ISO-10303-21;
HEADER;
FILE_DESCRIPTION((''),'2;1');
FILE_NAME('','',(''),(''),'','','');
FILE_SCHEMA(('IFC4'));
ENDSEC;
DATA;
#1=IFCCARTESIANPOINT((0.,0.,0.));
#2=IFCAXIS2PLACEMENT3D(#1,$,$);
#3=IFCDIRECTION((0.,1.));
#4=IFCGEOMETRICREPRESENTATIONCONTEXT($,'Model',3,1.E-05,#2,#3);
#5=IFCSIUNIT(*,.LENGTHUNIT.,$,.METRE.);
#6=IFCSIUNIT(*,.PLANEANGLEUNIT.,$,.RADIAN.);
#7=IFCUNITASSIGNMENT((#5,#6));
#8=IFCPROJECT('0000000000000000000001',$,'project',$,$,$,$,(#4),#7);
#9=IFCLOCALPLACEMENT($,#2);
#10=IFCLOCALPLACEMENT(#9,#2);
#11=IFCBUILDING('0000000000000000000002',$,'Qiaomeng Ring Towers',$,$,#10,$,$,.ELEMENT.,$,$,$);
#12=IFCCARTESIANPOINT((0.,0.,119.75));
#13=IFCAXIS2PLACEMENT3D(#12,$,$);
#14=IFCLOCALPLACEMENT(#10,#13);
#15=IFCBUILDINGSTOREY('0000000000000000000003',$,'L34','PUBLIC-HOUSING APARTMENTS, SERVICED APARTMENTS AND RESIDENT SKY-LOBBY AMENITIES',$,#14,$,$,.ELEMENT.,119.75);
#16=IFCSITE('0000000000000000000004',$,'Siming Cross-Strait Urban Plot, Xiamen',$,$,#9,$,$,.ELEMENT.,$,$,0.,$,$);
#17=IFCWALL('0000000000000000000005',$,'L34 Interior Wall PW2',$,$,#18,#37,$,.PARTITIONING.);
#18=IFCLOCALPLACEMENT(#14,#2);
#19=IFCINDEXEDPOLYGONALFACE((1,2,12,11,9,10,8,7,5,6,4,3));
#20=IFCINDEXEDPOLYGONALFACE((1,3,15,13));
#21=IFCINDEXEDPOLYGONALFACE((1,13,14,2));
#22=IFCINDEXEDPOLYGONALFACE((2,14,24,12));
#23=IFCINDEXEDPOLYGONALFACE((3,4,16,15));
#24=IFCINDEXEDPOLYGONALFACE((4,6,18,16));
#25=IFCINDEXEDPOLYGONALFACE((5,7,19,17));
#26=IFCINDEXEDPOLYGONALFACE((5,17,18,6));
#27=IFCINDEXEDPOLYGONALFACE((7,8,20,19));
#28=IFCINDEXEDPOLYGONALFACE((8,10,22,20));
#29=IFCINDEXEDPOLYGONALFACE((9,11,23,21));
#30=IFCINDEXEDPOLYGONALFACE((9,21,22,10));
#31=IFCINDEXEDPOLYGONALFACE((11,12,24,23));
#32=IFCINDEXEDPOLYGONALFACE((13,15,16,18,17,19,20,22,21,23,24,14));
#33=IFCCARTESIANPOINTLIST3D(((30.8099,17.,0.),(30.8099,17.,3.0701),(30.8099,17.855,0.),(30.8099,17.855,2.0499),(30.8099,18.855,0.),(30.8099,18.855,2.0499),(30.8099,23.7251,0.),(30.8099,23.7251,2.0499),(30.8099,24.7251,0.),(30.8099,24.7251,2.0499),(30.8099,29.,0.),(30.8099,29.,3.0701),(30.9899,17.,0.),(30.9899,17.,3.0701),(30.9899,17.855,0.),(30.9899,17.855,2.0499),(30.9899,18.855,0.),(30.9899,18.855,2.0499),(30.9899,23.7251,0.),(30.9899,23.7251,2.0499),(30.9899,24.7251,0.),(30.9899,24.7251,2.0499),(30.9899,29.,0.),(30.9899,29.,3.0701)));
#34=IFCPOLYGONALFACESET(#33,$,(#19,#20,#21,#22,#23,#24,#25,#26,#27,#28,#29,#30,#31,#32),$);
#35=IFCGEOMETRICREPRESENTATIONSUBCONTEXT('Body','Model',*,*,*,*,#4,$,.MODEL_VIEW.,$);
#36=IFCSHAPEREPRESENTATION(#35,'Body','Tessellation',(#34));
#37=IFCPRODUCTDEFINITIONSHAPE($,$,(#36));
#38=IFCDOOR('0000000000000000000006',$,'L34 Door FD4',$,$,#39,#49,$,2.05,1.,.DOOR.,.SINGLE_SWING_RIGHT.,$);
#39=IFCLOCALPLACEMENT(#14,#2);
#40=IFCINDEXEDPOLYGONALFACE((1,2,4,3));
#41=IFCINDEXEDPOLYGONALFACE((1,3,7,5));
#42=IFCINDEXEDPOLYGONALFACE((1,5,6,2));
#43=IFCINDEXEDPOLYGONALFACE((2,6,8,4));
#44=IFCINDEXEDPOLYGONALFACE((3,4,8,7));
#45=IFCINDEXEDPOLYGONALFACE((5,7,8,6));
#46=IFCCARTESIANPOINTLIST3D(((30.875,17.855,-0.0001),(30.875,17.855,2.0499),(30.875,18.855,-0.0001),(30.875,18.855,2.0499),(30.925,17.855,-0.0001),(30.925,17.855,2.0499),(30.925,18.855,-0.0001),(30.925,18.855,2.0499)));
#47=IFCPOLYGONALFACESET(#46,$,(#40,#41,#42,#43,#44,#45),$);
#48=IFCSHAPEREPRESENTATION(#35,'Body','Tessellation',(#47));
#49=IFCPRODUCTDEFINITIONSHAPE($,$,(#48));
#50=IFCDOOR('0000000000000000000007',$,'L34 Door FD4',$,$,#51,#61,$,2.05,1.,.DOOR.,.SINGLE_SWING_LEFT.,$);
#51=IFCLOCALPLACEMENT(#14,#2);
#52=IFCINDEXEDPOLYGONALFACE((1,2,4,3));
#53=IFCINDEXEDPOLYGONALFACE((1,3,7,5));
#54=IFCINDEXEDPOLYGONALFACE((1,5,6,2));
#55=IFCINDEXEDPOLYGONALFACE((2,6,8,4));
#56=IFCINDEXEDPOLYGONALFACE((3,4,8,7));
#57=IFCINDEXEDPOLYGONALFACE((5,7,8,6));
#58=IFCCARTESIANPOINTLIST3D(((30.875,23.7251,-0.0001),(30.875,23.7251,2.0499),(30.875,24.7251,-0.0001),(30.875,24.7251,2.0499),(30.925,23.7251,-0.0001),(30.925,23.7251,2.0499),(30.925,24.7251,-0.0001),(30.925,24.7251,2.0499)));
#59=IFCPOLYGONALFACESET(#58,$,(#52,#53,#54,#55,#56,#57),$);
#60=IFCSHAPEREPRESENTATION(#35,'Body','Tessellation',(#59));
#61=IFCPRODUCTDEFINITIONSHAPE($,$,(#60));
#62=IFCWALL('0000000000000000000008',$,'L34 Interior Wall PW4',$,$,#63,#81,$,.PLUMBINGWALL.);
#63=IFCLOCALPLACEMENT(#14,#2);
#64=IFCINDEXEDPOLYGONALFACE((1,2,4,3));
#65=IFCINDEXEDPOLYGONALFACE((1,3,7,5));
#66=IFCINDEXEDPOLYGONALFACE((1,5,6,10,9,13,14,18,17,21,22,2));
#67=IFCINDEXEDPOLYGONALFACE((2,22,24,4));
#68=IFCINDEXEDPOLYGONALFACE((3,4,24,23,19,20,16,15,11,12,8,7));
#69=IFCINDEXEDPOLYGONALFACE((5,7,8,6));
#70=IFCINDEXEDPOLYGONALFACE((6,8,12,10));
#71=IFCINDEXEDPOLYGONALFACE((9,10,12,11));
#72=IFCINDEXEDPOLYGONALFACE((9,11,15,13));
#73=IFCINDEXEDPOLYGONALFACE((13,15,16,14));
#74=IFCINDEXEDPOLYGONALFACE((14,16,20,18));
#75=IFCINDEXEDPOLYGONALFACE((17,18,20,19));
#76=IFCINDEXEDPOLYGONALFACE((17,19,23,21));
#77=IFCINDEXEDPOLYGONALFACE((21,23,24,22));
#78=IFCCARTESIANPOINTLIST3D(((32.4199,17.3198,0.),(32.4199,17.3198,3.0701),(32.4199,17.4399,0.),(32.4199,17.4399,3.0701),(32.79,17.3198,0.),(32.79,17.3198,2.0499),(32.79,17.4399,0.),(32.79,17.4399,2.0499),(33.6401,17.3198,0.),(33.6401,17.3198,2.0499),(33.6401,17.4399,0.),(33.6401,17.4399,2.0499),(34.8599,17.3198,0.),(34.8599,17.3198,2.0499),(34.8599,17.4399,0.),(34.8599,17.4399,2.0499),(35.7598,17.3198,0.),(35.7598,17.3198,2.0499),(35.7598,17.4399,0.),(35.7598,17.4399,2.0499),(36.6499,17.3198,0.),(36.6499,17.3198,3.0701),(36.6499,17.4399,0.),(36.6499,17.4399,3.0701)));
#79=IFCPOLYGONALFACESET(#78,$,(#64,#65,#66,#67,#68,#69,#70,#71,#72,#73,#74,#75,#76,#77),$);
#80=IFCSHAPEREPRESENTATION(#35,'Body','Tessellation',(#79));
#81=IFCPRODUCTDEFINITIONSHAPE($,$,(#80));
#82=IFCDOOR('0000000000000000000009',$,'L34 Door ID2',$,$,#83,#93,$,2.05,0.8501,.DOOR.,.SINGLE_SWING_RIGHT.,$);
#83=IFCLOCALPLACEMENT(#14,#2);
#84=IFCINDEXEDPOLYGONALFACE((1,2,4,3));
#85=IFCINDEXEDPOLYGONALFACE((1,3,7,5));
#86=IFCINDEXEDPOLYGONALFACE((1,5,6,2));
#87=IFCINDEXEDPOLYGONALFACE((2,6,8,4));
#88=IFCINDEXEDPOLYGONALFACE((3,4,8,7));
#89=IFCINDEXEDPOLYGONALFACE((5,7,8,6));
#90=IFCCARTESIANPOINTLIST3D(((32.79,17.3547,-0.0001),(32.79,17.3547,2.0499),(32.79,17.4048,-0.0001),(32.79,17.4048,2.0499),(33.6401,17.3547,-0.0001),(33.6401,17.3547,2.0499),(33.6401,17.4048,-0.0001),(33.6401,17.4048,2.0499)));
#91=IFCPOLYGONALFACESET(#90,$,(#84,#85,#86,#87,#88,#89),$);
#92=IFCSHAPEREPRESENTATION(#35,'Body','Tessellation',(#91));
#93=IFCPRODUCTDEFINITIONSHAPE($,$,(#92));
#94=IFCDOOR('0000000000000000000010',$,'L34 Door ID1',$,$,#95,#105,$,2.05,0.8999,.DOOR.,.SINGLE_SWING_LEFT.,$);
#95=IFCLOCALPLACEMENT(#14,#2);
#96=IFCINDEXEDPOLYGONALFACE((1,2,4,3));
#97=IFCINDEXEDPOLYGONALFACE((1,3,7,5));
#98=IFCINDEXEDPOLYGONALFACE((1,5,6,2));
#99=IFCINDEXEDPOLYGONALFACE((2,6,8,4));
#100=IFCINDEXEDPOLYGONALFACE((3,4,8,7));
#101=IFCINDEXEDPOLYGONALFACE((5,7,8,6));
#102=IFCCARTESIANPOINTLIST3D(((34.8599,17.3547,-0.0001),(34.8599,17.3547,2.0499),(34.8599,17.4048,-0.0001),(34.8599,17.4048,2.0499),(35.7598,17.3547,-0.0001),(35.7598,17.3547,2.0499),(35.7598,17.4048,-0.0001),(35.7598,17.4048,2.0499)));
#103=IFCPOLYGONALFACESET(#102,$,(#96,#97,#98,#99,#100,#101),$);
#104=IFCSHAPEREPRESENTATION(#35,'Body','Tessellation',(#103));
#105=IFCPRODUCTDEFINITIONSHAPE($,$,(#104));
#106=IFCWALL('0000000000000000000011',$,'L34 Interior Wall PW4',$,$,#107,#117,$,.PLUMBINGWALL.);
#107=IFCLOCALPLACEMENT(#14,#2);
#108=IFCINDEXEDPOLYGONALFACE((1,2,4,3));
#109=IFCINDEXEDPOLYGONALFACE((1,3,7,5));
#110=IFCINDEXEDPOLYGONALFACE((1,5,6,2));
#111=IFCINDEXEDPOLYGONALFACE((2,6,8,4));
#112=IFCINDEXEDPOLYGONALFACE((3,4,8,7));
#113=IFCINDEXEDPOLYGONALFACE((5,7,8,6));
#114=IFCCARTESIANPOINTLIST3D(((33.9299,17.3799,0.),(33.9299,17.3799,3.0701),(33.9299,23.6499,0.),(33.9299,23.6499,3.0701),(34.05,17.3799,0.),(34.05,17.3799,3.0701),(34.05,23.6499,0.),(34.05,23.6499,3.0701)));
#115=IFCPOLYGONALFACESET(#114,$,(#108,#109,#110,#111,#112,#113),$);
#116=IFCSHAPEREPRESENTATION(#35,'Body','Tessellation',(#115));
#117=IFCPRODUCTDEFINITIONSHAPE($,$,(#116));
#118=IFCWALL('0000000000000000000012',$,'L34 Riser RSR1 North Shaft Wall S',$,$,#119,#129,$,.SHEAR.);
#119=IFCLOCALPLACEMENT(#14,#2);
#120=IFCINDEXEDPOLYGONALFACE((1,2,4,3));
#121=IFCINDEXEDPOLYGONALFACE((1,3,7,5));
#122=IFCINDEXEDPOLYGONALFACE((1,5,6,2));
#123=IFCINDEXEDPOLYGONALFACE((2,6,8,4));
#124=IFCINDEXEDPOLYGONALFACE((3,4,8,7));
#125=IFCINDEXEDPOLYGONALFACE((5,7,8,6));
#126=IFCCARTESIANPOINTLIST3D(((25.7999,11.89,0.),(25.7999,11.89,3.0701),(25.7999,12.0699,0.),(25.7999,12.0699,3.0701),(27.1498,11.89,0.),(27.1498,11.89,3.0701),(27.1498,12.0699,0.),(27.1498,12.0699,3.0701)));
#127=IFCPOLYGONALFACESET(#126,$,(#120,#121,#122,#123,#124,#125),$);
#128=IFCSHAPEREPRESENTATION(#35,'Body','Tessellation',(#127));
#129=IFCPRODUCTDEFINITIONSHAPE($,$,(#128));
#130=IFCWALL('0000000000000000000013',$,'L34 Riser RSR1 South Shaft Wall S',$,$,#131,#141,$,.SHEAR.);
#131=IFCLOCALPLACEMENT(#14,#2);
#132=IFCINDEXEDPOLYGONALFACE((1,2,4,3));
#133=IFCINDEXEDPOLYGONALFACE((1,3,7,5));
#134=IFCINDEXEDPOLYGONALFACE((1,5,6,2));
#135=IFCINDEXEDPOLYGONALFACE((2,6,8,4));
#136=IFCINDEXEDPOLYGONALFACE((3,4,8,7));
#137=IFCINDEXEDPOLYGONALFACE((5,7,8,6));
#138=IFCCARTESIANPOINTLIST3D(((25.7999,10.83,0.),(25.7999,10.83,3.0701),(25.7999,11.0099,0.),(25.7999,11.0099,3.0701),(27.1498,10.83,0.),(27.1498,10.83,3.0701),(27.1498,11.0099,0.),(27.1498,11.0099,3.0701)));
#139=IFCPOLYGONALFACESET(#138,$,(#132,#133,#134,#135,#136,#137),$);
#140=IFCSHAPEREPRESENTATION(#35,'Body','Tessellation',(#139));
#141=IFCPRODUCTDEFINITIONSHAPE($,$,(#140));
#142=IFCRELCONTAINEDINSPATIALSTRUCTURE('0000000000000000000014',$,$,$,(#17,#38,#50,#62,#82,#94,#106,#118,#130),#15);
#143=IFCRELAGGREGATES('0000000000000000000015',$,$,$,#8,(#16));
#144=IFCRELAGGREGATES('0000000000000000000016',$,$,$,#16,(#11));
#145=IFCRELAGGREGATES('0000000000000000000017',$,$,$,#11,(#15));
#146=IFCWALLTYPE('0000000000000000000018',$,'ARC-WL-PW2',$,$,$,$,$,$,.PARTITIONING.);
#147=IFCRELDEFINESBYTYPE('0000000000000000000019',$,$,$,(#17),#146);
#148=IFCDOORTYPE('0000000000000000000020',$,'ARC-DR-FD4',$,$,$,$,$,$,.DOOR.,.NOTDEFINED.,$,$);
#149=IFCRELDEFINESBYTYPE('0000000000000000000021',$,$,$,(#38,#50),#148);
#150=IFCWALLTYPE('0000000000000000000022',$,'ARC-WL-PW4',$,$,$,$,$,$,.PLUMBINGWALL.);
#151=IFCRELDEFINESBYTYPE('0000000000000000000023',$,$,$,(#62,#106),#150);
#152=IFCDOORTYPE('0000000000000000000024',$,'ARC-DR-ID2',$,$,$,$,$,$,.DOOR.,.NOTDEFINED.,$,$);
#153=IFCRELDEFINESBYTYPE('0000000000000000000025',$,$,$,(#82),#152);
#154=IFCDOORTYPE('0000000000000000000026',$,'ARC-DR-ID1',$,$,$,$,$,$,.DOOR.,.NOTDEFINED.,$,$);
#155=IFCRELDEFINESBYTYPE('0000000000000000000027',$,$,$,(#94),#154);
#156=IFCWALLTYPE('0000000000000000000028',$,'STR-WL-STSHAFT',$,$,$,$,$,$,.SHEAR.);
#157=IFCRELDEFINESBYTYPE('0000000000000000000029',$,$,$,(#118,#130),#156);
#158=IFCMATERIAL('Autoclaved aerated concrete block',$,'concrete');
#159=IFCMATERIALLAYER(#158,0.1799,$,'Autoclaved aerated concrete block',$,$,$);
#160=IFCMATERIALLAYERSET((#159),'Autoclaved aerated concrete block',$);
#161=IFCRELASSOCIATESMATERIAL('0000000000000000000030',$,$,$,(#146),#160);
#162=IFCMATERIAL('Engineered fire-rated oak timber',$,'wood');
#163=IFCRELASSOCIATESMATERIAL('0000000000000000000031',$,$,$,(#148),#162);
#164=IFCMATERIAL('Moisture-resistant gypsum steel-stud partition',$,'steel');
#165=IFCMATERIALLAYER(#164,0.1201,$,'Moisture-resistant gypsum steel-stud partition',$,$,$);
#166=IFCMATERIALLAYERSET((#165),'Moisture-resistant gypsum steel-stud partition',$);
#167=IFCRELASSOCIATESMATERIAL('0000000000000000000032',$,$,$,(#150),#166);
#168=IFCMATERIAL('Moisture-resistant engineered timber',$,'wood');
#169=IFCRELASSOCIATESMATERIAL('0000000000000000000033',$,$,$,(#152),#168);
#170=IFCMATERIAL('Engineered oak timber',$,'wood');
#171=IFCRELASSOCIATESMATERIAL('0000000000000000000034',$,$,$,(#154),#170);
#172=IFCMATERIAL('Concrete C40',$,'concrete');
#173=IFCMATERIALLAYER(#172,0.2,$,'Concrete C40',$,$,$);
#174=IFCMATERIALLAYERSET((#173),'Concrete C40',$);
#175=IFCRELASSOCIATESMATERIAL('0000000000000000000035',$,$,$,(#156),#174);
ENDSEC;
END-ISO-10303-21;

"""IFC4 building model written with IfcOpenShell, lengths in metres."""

from ifc_helpers import new_model, si_unit, direction, frame, frame_2d, origin, place, context, subcontext, project, spatial, rectangle, extrude, source, transform, mapped, material, layer, layer_set, type_object, element, fill, save


model = new_model("IFC4")

# Units and contexts
model_context = context("Model", 3, precision=1e-05, world=origin(), true_north=direction((0.0, 1.0)))
body_context = subcontext(model_context, "Body", "Model", "MODEL_VIEW")
ifc_project = project(units=[si_unit("LENGTHUNIT", "METRE"), si_unit("PLANEANGLEUNIT", "RADIAN")], contexts=[model_context])

# Site, building, storey
site_placement = place(None, origin())
site = spatial("IfcSite", under=ifc_project, at=site_placement, Name="Siming Cross-Strait Urban Plot, Xiamen", CompositionType="ELEMENT", RefElevation=0.0)
building_placement = place(site_placement, origin())
building = spatial("IfcBuilding", under=site, at=building_placement, Name="Qiaomeng Ring Towers", CompositionType="ELEMENT")
storey_placement = place(building_placement, frame((0.0, 0.0, 119.75)))
storey = spatial("IfcBuildingStorey", under=building, at=storey_placement, Name="L34", Description="PUBLIC-HOUSING APARTMENTS, SERVICED APARTMENTS AND RESIDENT SKY-LOBBY AMENITIES", CompositionType="ELEMENT", Elevation=119.75)

# Shared definitions
ifc_material_1 = material(Name="Autoclaved aerated concrete block", Category="concrete")

# Walls, openings, doors
ifc_layer_1 = layer(ifc_material_1, 0.1799, Name="Autoclaved aerated concrete block")
ifc_layer_set_1 = layer_set([ifc_layer_1], Name="Autoclaved aerated concrete block")
wall_type_1 = type_object("IfcWallType", Name="ARC-WL-PW2", PredefinedType="PARTITIONING", material=ifc_layer_set_1)
wall_1_placement = place(storey_placement, frame((30.8999, 17.0, 0.0), z_axis=(0.0, 0.0, 1.0), x_axis=(0.0, 1.0, 0.0)))
wall_1 = element("IfcWall", 1, at=wall_1_placement, inside=storey, type_object=wall_type_1, Name="L34 Interior Wall PW2", PredefinedType="PARTITIONING", context=body_context, shape_type="SweptSolid", body=[
    extrude(rectangle(XDim=12.0, YDim=0.1799, at=frame_2d((6.0, 0.0))), origin(), (0.0, 0.0, 1.0), 3.0701),
])
opening_1_placement = place(wall_1_placement, frame((0.855, 0.0, 0.0)))
opening_1 = element("IfcOpeningElement", 2, at=opening_1_placement, cuts=wall_1, PredefinedType="OPENING", context=body_context, shape_type="SweptSolid", body=[
    extrude(rectangle(XDim=1.0, YDim=2.05, at=frame_2d((0.5, 1.0249))), frame((0.0, 0.0999, 0.0), z_axis=(0.0, -1.0, 0.0), x_axis=(1.0, 0.0, 0.0)), (0.0, 0.0, 1.0), 0.2),
])
opening_2_placement = place(wall_1_placement, frame((6.7251, 0.0, 0.0)))
opening_2 = element("IfcOpeningElement", 3, at=opening_2_placement, cuts=wall_1, PredefinedType="OPENING", context=body_context, shape_type="SweptSolid", body=[
    extrude(rectangle(XDim=1.0, YDim=2.05, at=frame_2d((0.5, 1.0249))), frame((0.0, 0.0999, 0.0), z_axis=(0.0, -1.0, 0.0), x_axis=(1.0, 0.0, 0.0)), (0.0, 0.0, 1.0), 0.2),
])
ifc_material_2 = material(Name="Engineered fire-rated oak timber", Category="wood")
door_type_1 = type_object("IfcDoorType", Name="ARC-DR-FD4", OperationType="NOTDEFINED", PredefinedType="DOOR", material=ifc_material_2)
shared_shape_1 = source(origin(), body_context, "Body", "SweptSolid", [
    extrude(rectangle(XDim=1.0, YDim=2.05, at=frame_2d((0.5, 1.0249))), frame((0.0, 0.0249, 0.0), z_axis=(0.0, -1.0, 0.0), x_axis=(1.0, 0.0, 0.0)), (0.0, 0.0, 1.0), 0.05),
])
door_1_placement = place(opening_1_placement, origin())
door_1 = element("IfcDoor", 4, at=door_1_placement, inside=storey, type_object=door_type_1, Name="L34 Door FD4", OperationType="SINGLE_SWING_RIGHT", OverallHeight=2.05, OverallWidth=1.0, PredefinedType="DOOR", context=body_context, shape_type="MappedRepresentation", body=[
    mapped(shared_shape_1, transform((0.0, 0.0, 0.0), x_axis=(1.0, 0.0, 0.0), y_axis=(0.0, 1.0, 0.0), z_axis=(0.0, 0.0, 1.0), scale=1.0)),
])
fill(opening_1, door_1)
door_2_placement = place(opening_2_placement, origin())
door_2 = element("IfcDoor", 5, at=door_2_placement, inside=storey, type_object=door_type_1, Name="L34 Door FD4", OperationType="SINGLE_SWING_LEFT", OverallHeight=2.05, OverallWidth=1.0, PredefinedType="DOOR", context=body_context, shape_type="MappedRepresentation", body=[
    mapped(shared_shape_1, transform((0.0, 0.0, 0.0), x_axis=(1.0, 0.0, 0.0), y_axis=(0.0, 1.0, 0.0), z_axis=(0.0, 0.0, 1.0), scale=1.0)),
])
fill(opening_2, door_2)
ifc_material_3 = material(Name="Moisture-resistant gypsum steel-stud partition", Category="steel")
ifc_layer_2 = layer(ifc_material_3, 0.1201, Name="Moisture-resistant gypsum steel-stud partition")
ifc_layer_set_2 = layer_set([ifc_layer_2], Name="Moisture-resistant gypsum steel-stud partition")
wall_type_2 = type_object("IfcWallType", Name="ARC-WL-PW4", PredefinedType="PLUMBINGWALL", material=ifc_layer_set_2)
wall_2_placement = place(storey_placement, frame((32.4199, 17.3799, 0.0), z_axis=(0.0, 0.0, 1.0), x_axis=(1.0, 0.0, 0.0)))
wall_2 = element("IfcWall", 6, at=wall_2_placement, inside=storey, type_object=wall_type_2, Name="L34 Interior Wall PW4", PredefinedType="PLUMBINGWALL", context=body_context, shape_type="SweptSolid", body=[
    extrude(rectangle(XDim=4.23, YDim=0.1201, at=frame_2d((2.115, 0.0))), origin(), (0.0, 0.0, 1.0), 3.0701),
])
opening_3_placement = place(wall_2_placement, frame((0.3701, 0.0, 0.0)))
opening_3 = element("IfcOpeningElement", 7, at=opening_3_placement, cuts=wall_2, PredefinedType="OPENING", context=body_context, shape_type="SweptSolid", body=[
    extrude(rectangle(XDim=0.8501, YDim=2.05, at=frame_2d((0.425, 1.0249))), frame((0.0, 0.0701, 0.0), z_axis=(0.0, -1.0, 0.0), x_axis=(1.0, 0.0, 0.0)), (0.0, 0.0, 1.0), 0.1401),
])
opening_4_placement = place(wall_2_placement, frame((2.4399, 0.0, 0.0)))
opening_4 = element("IfcOpeningElement", 8, at=opening_4_placement, cuts=wall_2, PredefinedType="OPENING", context=body_context, shape_type="SweptSolid", body=[
    extrude(rectangle(XDim=0.8999, YDim=2.05, at=frame_2d((0.45, 1.0249))), frame((0.0, 0.0701, 0.0), z_axis=(0.0, -1.0, 0.0), x_axis=(1.0, 0.0, 0.0)), (0.0, 0.0, 1.0), 0.1401),
])
ifc_material_4 = material(Name="Moisture-resistant engineered timber", Category="wood")
door_type_2 = type_object("IfcDoorType", Name="ARC-DR-ID2", OperationType="NOTDEFINED", PredefinedType="DOOR", material=ifc_material_4)
shared_shape_2 = source(origin(), body_context, "Body", "SweptSolid", [
    extrude(rectangle(XDim=0.8501, YDim=2.05, at=frame_2d((0.425, 1.0249))), frame((0.0, 0.0249, 0.0), z_axis=(0.0, -1.0, 0.0), x_axis=(1.0, 0.0, 0.0)), (0.0, 0.0, 1.0), 0.05),
])
door_3_placement = place(opening_3_placement, origin())
door_3 = element("IfcDoor", 9, at=door_3_placement, inside=storey, type_object=door_type_2, Name="L34 Door ID2", OperationType="SINGLE_SWING_RIGHT", OverallHeight=2.05, OverallWidth=0.8501, PredefinedType="DOOR", context=body_context, shape_type="MappedRepresentation", body=[
    mapped(shared_shape_2, transform((0.0, 0.0, 0.0), x_axis=(1.0, 0.0, 0.0), y_axis=(0.0, 1.0, 0.0), z_axis=(0.0, 0.0, 1.0), scale=1.0)),
])
fill(opening_3, door_3)
ifc_material_5 = material(Name="Engineered oak timber", Category="wood")
door_type_3 = type_object("IfcDoorType", Name="ARC-DR-ID1", OperationType="NOTDEFINED", PredefinedType="DOOR", material=ifc_material_5)
shared_shape_3 = source(origin(), body_context, "Body", "SweptSolid", [
    extrude(rectangle(XDim=0.8999, YDim=2.05, at=frame_2d((0.45, 1.0249))), frame((0.0, 0.0249, 0.0), z_axis=(0.0, -1.0, 0.0), x_axis=(1.0, 0.0, 0.0)), (0.0, 0.0, 1.0), 0.05),
])
door_4_placement = place(opening_4_placement, origin())
door_4 = element("IfcDoor", 10, at=door_4_placement, inside=storey, type_object=door_type_3, Name="L34 Door ID1", OperationType="SINGLE_SWING_LEFT", OverallHeight=2.05, OverallWidth=0.8999, PredefinedType="DOOR", context=body_context, shape_type="MappedRepresentation", body=[
    mapped(shared_shape_3, transform((0.0, 0.0, 0.0), x_axis=(1.0, 0.0, 0.0), y_axis=(0.0, 1.0, 0.0), z_axis=(0.0, 0.0, 1.0), scale=1.0)),
])
fill(opening_4, door_4)

# Walls
wall_3_placement = place(storey_placement, frame((33.99, 17.3799, 0.0), z_axis=(0.0, 0.0, 1.0), x_axis=(0.0, 1.0, 0.0)))
element("IfcWall", 11, at=wall_3_placement, inside=storey, type_object=wall_type_2, Name="L34 Interior Wall PW4", PredefinedType="PLUMBINGWALL", context=body_context, shape_type="SweptSolid", body=[
    extrude(rectangle(XDim=6.27, YDim=0.1201, at=frame_2d((3.135, 0.0))), origin(), (0.0, 0.0, 1.0), 3.0701),
])
ifc_material_6 = material(Name="Concrete C40", Category="concrete")
ifc_layer_3 = layer(ifc_material_6, 0.2, Name="Concrete C40")
ifc_layer_set_3 = layer_set([ifc_layer_3], Name="Concrete C40")
wall_type_3 = type_object("IfcWallType", Name="STR-WL-STSHAFT", PredefinedType="SHEAR", material=ifc_layer_set_3)
for number, where, z_axis, x_axis, name in (
    (12, (25.8, 11.98, 0.0), (0.0, 0.0, 1.0), (1.0, 0.0, 0.0), "L34 Riser RSR1 North Shaft Wall S"),
    (13, (25.8, 10.9199, 0.0), (0.0, 0.0, 1.0), (1.0, 0.0, 0.0), "L34 Riser RSR1 South Shaft Wall S"),
):
    element("IfcWall", number, at=place(storey_placement, frame(where, z_axis=z_axis, x_axis=x_axis)), inside=storey, type_object=wall_type_3, Name=name, PredefinedType="SHEAR", context=body_context, shape_type="SweptSolid", body=[
        extrude(rectangle(XDim=1.3499, YDim=0.1799, at=frame_2d((0.6748, 0.0))), origin(), (0.0, 0.0, 1.0), 3.0701),
    ])

save(model, "model.ifc")
